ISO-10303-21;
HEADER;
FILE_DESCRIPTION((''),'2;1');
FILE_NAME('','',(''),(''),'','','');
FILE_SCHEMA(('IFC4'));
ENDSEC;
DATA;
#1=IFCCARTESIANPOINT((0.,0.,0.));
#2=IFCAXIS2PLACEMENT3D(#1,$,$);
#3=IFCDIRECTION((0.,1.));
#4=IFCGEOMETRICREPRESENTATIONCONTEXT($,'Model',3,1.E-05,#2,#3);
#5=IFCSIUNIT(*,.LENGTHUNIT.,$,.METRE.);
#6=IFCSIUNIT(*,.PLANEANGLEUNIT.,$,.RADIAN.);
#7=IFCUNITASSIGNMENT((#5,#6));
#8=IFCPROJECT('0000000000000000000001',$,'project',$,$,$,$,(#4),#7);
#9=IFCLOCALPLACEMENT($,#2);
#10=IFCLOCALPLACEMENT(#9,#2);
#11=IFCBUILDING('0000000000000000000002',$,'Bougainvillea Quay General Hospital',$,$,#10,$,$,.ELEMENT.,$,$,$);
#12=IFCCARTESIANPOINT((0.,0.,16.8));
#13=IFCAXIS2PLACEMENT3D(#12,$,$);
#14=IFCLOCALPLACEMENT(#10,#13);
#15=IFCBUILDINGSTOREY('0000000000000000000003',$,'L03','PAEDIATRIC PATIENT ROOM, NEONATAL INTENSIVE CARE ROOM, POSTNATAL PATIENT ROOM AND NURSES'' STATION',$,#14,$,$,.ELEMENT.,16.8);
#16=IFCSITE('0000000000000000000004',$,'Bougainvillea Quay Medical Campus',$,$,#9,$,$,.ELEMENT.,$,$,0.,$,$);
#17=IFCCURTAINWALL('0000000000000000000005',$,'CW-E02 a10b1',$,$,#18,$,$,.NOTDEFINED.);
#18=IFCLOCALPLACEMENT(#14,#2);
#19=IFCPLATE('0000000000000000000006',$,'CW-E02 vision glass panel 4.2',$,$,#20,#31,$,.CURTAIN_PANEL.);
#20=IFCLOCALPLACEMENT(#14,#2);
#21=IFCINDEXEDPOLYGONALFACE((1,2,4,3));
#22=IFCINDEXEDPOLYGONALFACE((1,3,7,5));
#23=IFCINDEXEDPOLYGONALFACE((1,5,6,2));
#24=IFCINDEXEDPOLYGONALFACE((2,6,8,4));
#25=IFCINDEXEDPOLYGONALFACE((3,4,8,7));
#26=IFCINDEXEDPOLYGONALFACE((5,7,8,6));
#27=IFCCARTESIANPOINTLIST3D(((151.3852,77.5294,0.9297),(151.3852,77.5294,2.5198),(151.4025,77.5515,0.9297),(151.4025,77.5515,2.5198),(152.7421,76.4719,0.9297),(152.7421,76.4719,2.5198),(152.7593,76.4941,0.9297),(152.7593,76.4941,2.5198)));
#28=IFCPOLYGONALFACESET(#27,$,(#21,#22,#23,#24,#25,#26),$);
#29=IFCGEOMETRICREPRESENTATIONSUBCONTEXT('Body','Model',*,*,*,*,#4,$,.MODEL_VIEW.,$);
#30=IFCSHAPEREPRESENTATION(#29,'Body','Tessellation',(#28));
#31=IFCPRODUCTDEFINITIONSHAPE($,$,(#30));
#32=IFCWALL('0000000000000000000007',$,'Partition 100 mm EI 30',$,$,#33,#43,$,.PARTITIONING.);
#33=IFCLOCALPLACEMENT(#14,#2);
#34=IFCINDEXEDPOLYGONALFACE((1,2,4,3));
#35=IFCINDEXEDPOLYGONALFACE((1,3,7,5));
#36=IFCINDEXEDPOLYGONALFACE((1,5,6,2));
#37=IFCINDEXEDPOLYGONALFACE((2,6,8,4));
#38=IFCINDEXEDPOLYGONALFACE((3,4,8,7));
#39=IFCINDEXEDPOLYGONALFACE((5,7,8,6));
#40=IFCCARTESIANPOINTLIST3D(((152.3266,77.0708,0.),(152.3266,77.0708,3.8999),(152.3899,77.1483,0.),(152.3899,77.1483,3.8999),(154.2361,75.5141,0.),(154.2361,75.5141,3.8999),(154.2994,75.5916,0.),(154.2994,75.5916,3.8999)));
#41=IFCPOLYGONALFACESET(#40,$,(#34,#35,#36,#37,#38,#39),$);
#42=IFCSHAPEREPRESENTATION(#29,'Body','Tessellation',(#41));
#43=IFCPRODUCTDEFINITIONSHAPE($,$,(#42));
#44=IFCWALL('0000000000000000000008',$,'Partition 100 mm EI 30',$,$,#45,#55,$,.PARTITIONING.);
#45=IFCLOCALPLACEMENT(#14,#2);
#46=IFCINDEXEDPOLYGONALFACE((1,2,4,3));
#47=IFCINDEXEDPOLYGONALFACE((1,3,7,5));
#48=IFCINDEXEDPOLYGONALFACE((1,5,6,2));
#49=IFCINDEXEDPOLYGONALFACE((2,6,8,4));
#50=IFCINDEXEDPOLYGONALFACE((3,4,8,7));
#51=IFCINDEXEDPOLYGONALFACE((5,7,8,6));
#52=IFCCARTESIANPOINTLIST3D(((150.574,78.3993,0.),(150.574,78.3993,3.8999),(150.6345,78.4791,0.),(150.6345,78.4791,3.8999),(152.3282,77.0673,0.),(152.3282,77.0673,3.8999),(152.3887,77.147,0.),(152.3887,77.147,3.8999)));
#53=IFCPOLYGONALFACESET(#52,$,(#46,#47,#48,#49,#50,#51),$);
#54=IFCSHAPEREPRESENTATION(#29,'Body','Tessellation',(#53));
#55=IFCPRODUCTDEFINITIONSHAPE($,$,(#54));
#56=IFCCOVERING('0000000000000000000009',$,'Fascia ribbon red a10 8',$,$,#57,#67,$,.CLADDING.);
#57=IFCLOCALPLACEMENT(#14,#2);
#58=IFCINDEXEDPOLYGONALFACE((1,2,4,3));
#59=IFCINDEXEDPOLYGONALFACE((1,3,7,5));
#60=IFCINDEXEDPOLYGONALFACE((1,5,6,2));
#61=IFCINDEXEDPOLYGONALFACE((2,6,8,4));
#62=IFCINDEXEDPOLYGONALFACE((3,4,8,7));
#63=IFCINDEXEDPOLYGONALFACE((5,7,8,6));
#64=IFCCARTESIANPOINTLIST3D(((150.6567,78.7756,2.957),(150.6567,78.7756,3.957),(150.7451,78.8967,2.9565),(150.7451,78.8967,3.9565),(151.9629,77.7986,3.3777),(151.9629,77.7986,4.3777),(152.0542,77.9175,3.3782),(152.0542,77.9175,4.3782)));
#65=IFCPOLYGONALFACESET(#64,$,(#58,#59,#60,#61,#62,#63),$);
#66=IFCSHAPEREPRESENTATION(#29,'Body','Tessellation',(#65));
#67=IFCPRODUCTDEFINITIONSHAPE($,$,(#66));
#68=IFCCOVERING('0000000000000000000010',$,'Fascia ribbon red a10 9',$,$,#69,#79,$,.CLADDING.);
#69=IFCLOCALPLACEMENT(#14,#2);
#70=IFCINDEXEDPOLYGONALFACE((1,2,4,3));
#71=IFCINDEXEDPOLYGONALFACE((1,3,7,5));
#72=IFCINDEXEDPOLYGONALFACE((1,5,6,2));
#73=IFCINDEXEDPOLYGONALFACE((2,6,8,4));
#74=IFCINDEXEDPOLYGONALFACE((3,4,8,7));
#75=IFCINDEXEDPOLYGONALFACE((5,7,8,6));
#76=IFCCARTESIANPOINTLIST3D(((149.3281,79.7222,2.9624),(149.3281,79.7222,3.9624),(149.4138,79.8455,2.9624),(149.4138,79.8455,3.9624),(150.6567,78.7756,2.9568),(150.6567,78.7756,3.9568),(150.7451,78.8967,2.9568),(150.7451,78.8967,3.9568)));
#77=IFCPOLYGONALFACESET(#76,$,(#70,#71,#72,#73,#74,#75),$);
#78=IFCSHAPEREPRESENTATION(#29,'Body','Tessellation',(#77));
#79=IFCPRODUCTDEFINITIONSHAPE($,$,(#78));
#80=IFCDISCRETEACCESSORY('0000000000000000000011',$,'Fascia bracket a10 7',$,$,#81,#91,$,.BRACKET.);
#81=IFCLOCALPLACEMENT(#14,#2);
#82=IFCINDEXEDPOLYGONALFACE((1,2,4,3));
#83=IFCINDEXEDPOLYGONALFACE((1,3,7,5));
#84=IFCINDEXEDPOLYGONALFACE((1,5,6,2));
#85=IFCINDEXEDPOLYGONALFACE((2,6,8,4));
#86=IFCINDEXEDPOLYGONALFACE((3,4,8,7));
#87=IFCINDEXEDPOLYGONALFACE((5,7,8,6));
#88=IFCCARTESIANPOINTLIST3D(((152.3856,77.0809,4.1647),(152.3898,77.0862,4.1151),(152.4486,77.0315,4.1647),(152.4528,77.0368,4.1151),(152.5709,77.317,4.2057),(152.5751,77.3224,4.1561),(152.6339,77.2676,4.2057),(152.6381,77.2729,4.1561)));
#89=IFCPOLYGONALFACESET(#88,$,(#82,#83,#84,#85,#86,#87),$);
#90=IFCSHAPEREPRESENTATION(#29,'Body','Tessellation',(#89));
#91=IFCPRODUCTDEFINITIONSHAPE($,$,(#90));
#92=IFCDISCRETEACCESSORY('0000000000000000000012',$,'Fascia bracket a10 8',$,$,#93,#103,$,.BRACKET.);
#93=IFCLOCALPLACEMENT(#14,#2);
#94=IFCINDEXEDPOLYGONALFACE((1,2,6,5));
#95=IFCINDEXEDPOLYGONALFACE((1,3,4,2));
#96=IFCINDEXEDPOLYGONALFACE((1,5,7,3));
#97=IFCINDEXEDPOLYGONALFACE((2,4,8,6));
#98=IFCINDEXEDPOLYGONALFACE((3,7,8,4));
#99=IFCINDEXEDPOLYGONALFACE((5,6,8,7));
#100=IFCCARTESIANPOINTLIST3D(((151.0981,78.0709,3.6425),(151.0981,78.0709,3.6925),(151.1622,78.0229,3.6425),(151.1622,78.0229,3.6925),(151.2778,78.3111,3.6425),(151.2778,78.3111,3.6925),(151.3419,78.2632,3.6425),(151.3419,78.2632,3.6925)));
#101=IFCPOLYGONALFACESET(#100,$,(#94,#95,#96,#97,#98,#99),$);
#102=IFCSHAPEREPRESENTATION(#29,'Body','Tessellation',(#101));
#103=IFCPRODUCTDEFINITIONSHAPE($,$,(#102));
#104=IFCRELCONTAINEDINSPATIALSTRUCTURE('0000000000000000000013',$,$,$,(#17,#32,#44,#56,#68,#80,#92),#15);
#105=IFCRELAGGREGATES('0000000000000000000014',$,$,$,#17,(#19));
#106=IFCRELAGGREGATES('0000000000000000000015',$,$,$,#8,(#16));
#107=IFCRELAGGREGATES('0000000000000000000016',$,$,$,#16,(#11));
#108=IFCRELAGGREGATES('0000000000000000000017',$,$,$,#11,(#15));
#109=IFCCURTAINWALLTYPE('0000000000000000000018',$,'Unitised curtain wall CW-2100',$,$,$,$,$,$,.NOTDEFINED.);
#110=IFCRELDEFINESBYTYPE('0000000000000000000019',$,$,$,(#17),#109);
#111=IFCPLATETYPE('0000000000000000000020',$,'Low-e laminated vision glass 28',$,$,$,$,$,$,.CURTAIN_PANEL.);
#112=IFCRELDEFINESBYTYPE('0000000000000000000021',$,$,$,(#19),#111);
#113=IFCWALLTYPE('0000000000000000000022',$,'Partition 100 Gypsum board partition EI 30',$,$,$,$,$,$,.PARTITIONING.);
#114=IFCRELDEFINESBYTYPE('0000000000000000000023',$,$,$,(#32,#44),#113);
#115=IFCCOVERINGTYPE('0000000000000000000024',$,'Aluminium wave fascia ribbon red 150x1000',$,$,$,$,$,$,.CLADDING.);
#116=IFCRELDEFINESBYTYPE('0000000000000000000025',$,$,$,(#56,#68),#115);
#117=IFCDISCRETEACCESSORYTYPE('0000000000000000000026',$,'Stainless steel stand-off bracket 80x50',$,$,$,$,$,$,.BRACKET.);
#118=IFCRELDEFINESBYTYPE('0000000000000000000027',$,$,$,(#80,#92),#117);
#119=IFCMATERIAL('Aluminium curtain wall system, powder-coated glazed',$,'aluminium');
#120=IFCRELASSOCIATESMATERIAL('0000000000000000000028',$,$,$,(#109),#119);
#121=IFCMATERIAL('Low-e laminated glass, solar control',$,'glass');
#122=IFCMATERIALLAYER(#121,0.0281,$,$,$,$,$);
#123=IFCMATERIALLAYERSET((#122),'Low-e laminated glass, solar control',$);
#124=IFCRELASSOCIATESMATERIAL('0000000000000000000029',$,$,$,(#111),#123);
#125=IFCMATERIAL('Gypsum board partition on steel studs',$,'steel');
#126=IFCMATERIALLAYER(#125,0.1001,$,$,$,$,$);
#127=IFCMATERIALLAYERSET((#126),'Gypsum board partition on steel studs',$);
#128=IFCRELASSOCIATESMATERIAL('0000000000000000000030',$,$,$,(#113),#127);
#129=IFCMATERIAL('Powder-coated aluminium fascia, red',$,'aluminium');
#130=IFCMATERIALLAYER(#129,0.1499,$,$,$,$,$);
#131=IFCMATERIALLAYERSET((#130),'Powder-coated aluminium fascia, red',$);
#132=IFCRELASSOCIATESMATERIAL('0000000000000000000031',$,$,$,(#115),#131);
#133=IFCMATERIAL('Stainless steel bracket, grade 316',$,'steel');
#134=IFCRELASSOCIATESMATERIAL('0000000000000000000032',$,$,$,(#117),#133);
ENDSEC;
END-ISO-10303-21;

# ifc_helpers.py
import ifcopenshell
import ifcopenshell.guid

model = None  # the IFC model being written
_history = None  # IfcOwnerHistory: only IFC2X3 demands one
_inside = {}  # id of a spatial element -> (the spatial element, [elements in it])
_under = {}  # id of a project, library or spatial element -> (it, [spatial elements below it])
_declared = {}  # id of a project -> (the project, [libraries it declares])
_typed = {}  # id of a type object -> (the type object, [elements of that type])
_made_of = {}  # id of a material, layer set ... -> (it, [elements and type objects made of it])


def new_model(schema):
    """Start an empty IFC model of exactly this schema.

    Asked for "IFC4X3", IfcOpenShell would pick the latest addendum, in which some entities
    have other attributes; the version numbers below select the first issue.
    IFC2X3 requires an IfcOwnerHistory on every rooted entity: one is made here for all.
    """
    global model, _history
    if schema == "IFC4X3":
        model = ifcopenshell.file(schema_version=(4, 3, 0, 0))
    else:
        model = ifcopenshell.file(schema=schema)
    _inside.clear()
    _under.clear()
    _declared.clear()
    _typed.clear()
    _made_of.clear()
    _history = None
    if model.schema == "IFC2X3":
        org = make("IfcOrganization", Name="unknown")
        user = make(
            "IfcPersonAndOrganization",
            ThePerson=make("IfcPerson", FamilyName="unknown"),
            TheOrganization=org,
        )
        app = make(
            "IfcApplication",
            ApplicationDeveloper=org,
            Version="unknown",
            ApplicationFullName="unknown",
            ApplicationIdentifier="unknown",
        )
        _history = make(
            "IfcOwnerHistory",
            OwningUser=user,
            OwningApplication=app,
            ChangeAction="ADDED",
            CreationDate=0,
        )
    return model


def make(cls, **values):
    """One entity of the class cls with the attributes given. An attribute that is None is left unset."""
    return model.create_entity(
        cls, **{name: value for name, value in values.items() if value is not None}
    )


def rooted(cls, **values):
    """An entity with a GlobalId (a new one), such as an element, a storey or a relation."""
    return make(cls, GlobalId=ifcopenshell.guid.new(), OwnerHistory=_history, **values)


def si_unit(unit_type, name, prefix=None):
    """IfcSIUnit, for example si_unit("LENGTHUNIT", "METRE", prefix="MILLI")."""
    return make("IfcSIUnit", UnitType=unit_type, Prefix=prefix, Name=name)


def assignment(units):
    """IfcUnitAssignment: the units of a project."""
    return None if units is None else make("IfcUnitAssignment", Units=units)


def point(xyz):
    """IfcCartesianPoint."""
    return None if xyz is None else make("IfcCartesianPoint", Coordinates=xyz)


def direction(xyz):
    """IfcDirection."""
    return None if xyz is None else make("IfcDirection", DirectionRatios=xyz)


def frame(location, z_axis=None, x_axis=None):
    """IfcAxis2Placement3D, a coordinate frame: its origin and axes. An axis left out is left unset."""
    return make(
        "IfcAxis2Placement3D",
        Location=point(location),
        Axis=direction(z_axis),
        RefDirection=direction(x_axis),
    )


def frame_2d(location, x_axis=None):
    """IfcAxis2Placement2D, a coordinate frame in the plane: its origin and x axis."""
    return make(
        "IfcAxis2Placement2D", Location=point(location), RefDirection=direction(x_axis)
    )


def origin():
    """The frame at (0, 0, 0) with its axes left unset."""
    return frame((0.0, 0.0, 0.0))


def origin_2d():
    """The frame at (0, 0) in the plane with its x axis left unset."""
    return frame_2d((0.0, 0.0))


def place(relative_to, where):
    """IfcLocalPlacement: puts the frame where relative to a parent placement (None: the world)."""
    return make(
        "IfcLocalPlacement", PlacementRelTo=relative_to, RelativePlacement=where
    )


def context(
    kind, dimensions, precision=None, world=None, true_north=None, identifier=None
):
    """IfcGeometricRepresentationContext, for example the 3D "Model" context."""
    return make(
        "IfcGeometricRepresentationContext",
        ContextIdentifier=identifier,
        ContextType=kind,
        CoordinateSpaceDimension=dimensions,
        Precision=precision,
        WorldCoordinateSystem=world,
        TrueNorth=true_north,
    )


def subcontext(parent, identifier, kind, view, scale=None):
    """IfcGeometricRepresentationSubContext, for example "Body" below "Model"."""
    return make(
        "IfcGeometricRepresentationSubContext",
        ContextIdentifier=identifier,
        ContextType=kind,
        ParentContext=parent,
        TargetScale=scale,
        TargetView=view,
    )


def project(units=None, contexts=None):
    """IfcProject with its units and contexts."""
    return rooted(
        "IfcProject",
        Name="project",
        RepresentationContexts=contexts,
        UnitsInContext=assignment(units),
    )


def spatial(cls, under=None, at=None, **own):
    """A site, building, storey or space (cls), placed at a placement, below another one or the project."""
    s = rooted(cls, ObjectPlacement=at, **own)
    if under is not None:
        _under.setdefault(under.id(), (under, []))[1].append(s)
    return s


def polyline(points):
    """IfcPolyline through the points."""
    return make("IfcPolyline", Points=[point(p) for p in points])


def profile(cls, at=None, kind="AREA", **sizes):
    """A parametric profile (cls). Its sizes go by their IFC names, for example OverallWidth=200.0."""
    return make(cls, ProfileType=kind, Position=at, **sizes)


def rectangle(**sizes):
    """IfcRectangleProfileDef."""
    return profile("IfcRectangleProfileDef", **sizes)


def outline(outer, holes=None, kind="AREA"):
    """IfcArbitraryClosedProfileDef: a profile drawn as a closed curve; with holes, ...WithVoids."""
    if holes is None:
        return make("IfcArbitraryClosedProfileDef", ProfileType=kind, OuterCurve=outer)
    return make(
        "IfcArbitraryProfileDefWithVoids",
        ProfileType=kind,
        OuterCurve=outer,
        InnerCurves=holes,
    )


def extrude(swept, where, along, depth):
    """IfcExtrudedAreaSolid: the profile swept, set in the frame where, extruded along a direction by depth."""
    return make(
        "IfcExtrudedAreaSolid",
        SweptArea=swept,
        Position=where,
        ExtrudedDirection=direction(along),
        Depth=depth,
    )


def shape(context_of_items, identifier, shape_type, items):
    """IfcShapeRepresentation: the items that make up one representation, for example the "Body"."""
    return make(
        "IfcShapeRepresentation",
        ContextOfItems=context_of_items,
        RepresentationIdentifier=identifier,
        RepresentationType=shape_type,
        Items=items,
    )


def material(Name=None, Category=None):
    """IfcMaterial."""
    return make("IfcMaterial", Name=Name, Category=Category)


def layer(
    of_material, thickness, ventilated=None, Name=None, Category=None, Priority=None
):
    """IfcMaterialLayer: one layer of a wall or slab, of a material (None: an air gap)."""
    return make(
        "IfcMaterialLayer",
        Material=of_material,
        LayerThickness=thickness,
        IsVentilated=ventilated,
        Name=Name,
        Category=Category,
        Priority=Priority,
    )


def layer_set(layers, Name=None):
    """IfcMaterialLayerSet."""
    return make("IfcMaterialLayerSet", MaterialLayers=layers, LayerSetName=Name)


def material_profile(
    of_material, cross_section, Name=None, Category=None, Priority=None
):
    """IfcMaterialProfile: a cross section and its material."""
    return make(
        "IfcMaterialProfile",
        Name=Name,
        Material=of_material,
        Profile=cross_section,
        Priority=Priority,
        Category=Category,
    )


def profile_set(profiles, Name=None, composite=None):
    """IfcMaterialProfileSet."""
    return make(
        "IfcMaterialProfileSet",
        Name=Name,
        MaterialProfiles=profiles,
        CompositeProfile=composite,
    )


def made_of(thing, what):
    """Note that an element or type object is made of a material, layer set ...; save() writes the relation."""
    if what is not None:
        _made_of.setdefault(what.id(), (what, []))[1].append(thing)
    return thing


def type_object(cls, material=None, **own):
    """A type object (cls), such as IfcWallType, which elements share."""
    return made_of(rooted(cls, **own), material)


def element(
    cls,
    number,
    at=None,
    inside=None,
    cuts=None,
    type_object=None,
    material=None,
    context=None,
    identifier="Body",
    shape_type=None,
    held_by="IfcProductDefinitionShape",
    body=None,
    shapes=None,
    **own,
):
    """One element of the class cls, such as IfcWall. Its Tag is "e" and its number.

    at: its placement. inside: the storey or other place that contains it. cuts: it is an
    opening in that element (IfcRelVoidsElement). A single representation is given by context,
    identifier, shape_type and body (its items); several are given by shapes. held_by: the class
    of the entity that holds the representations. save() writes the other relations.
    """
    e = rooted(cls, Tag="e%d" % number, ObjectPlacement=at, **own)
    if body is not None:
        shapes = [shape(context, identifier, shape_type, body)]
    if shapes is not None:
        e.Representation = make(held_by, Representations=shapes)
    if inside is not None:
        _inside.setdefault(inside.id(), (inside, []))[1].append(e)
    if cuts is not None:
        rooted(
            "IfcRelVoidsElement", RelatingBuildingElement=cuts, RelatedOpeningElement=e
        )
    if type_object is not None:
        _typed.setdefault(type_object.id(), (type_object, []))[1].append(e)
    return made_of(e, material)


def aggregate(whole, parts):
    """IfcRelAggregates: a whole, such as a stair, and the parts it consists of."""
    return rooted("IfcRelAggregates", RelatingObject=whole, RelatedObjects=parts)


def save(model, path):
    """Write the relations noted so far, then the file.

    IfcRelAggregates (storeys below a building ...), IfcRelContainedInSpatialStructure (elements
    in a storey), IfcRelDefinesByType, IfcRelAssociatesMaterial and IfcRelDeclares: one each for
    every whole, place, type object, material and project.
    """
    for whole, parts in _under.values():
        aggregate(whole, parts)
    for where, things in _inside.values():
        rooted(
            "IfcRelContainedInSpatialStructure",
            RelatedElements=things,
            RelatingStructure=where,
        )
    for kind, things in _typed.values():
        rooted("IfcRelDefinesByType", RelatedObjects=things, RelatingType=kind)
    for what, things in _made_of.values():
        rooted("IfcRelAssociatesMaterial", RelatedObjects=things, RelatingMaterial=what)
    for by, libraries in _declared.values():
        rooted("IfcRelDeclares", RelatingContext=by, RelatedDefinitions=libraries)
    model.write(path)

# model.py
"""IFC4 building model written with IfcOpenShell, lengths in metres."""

from ifc_helpers import new_model, si_unit, direction, frame, frame_2d, origin, origin_2d, place, context, subcontext, project, spatial, polyline, rectangle, outline, extrude, material, layer, layer_set, material_profile, profile_set, type_object, element, aggregate, save


model = new_model("IFC4")

# Units and contexts
model_context = context("Model", 3, precision=1e-05, world=origin(), true_north=direction((0.0, 1.0)))
body_context = subcontext(model_context, "Body", "Model", "MODEL_VIEW")
ifc_project = project(units=[si_unit("LENGTHUNIT", "METRE"), si_unit("PLANEANGLEUNIT", "RADIAN")], contexts=[model_context])

# Site, building, storey
site_placement = place(None, origin())
site = spatial("IfcSite", under=ifc_project, at=site_placement, Name="Bougainvillea Quay Medical Campus", CompositionType="ELEMENT", RefElevation=0.0)
building_placement = place(site_placement, origin())
building = spatial("IfcBuilding", under=site, at=building_placement, Name="Bougainvillea Quay General Hospital", CompositionType="ELEMENT")
storey_placement = place(building_placement, frame((0.0, 0.0, 16.8)))
storey = spatial("IfcBuildingStorey", under=building, at=storey_placement, Name="L03", Description="PAEDIATRIC PATIENT ROOM, NEONATAL INTENSIVE CARE ROOM, POSTNATAL PATIENT ROOM AND NURSES' STATION", CompositionType="ELEMENT", Elevation=16.8)

# Curtain wall, plate
ifc_material_1 = material(Name="Aluminium curtain wall system, powder-coated glazed", Category="aluminium")
curtain_wall_type = type_object("IfcCurtainWallType", Name="Unitised curtain wall CW-2100", PredefinedType="NOTDEFINED", material=ifc_material_1)
curtain_wall_placement = place(storey_placement, origin())
curtain_wall = element("IfcCurtainWall", 1, at=curtain_wall_placement, inside=storey, type_object=curtain_wall_type, Name="CW-E02 a10b1", PredefinedType="NOTDEFINED")
ifc_material_2 = material(Name="Low-e laminated glass, solar control", Category="glass")
ifc_layer_1 = layer(ifc_material_2, 0.0281)
ifc_layer_set_1 = layer_set([ifc_layer_1], Name="Low-e laminated glass, solar control")
plate_type_1 = type_object("IfcPlateType", Name="Low-e laminated vision glass 28", PredefinedType="CURTAIN_PANEL", material=ifc_layer_set_1)
plate_1_placement = place(storey_placement, frame((152.0723, 77.0117, 0.9297), z_axis=(0.0, 0.0, 1.0), x_axis=(0.788758, -0.614704, 0.0)))
plate_1 = element("IfcPlate", 2, at=plate_1_placement, type_object=plate_type_1, Name="CW-E02 vision glass panel 4.2", PredefinedType="CURTAIN_PANEL", context=body_context, shape_type="SweptSolid", body=[
    extrude(rectangle(XDim=1.7202, YDim=0.0281, at=origin_2d()), origin(), (0.0, 0.0, 1.0), 1.5901),
])
aggregate(curtain_wall, [plate_1])

# Walls
ifc_material_3 = material(Name="Gypsum board partition on steel studs", Category="steel")
ifc_layer_2 = layer(ifc_material_3, 0.1001)
ifc_layer_set_2 = layer_set([ifc_layer_2], Name="Gypsum board partition on steel studs")
wall_type = type_object("IfcWallType", Name="Partition 100 Gypsum board partition EI 30", PredefinedType="PARTITIONING", material=ifc_layer_set_2)
wall_1_placement = place(storey_placement, frame((152.3582, 77.1096, 0.0), z_axis=(0.0, 0.0, 1.0), x_axis=(0.775073, -0.631871, 0.0)))
element("IfcWall", 3, at=wall_1_placement, inside=storey, type_object=wall_type, Name="Partition 100 mm EI 30", PredefinedType="PARTITIONING", context=body_context, shape_type="SweptSolid", body=[
    extrude(rectangle(XDim=2.4636, YDim=0.1001, at=frame_2d((1.2319, 0.0))), origin(), (0.0, 0.0, 1.0), 3.8999),
])
wall_2_placement = place(storey_placement, frame((150.6042, 78.4392, 0.0), z_axis=(0.0, 0.0, 1.0), x_axis=(0.796408, -0.60476, 0.0)))
element("IfcWall", 4, at=wall_2_placement, inside=storey, type_object=wall_type, Name="Partition 100 mm EI 30", PredefinedType="PARTITIONING", context=body_context, shape_type="SweptSolid", body=[
    extrude(rectangle(XDim=2.2026, YDim=0.1001, at=frame_2d((1.1013, 0.0))), origin(), (0.0, 0.0, 1.0), 3.8999),
])

# Coverings
ifc_material_4 = material(Name="Powder-coated aluminium fascia, red", Category="aluminium")
ifc_layer_3 = layer(ifc_material_4, 0.1499)
ifc_layer_set_3 = layer_set([ifc_layer_3], Name="Powder-coated aluminium fascia, red")
covering_type = type_object("IfcCoveringType", Name="Aluminium wave fascia ribbon red 150x1000", PredefinedType="CLADDING", material=ifc_layer_set_3)
covering_1_placement = place(storey_placement, frame((151.9629, 77.7986, 3.3777), z_axis=(-0.199903, 0.149673, 0.968316), x_axis=(-0.775383, 0.580015, -0.249726)))
element("IfcCovering", 5, at=covering_1_placement, inside=storey, type_object=covering_type, Name="Fascia ribbon red a10 8", PredefinedType="CLADDING", context=body_context, shape_type="SweptSolid", body=[
    extrude(outline(polyline([(0.0, 0.0), (1.6845, 0.0), (1.6864, -0.1499), (-0.002, -0.1499), (0.0, 0.0)])), origin(), (-0.249726, 0.000107, 0.968316), 1.0),
])
covering_2_placement = place(storey_placement, frame((150.6567, 78.7756, 2.9568), z_axis=(0.002801, -0.001995, 0.999994), x_axis=(-0.814446, 0.580229, 0.003439)))
element("IfcCovering", 6, at=covering_2_placement, inside=storey, type_object=covering_type, Name="Fascia ribbon red a10 9", PredefinedType="CLADDING", context=body_context, shape_type="SweptSolid", body=[
    extrude(outline(polyline([(0.0, 0.0), (1.6313, 0.0), (1.6331, -0.1501), (-0.0017, -0.1499), (0.0, 0.0)])), origin(), (0.003439, 0.0, 0.999994), 1.0),
])

# Discrete accessories
ifc_material_5 = material(Name="Stainless steel bracket, grade 316", Category="steel")
ifc_material_profile_1 = material_profile(ifc_material_5, rectangle(XDim=0.0801, YDim=0.05, at=origin_2d()))
ifc_profile_set_1 = profile_set([ifc_material_profile_1], Name="Stainless steel bracket, grade 316")
discrete_accessory_type = type_object("IfcDiscreteAccessoryType", Name="Stainless steel stand-off bracket 80x50", PredefinedType="BRACKET", material=ifc_profile_set_1)
discrete_accessory_1_placement = place(storey_placement, frame((152.4192, 77.0588, 4.1399), z_axis=(0.61174, 0.779384, 0.135405), x_axis=(-0.786629, 0.617426, 0.0)))
element("IfcDiscreteAccessory", 7, at=discrete_accessory_1_placement, inside=storey, type_object=discrete_accessory_type, Name="Fascia bracket a10 7", PredefinedType="BRACKET", context=body_context, shape_type="SweptSolid", body=[
    extrude(rectangle(XDim=0.0801, YDim=0.05, at=origin_2d()), origin(), (0.0, 0.0, 1.0), 0.303),
])
discrete_accessory_2_placement = place(storey_placement, frame((151.1301, 78.0469, 3.6675), z_axis=(0.598958, 0.800781, 0.0), x_axis=(-0.800781, 0.598958, 0.0)))
element("IfcDiscreteAccessory", 8, at=discrete_accessory_2_placement, inside=storey, type_object=discrete_accessory_type, Name="Fascia bracket a10 8", PredefinedType="BRACKET", context=body_context, shape_type="SweptSolid", body=[
    extrude(rectangle(XDim=0.0801, YDim=0.05, at=origin_2d()), origin(), (0.0, 0.0, 1.0), 0.3),
])

save(model, "model.ifc")
